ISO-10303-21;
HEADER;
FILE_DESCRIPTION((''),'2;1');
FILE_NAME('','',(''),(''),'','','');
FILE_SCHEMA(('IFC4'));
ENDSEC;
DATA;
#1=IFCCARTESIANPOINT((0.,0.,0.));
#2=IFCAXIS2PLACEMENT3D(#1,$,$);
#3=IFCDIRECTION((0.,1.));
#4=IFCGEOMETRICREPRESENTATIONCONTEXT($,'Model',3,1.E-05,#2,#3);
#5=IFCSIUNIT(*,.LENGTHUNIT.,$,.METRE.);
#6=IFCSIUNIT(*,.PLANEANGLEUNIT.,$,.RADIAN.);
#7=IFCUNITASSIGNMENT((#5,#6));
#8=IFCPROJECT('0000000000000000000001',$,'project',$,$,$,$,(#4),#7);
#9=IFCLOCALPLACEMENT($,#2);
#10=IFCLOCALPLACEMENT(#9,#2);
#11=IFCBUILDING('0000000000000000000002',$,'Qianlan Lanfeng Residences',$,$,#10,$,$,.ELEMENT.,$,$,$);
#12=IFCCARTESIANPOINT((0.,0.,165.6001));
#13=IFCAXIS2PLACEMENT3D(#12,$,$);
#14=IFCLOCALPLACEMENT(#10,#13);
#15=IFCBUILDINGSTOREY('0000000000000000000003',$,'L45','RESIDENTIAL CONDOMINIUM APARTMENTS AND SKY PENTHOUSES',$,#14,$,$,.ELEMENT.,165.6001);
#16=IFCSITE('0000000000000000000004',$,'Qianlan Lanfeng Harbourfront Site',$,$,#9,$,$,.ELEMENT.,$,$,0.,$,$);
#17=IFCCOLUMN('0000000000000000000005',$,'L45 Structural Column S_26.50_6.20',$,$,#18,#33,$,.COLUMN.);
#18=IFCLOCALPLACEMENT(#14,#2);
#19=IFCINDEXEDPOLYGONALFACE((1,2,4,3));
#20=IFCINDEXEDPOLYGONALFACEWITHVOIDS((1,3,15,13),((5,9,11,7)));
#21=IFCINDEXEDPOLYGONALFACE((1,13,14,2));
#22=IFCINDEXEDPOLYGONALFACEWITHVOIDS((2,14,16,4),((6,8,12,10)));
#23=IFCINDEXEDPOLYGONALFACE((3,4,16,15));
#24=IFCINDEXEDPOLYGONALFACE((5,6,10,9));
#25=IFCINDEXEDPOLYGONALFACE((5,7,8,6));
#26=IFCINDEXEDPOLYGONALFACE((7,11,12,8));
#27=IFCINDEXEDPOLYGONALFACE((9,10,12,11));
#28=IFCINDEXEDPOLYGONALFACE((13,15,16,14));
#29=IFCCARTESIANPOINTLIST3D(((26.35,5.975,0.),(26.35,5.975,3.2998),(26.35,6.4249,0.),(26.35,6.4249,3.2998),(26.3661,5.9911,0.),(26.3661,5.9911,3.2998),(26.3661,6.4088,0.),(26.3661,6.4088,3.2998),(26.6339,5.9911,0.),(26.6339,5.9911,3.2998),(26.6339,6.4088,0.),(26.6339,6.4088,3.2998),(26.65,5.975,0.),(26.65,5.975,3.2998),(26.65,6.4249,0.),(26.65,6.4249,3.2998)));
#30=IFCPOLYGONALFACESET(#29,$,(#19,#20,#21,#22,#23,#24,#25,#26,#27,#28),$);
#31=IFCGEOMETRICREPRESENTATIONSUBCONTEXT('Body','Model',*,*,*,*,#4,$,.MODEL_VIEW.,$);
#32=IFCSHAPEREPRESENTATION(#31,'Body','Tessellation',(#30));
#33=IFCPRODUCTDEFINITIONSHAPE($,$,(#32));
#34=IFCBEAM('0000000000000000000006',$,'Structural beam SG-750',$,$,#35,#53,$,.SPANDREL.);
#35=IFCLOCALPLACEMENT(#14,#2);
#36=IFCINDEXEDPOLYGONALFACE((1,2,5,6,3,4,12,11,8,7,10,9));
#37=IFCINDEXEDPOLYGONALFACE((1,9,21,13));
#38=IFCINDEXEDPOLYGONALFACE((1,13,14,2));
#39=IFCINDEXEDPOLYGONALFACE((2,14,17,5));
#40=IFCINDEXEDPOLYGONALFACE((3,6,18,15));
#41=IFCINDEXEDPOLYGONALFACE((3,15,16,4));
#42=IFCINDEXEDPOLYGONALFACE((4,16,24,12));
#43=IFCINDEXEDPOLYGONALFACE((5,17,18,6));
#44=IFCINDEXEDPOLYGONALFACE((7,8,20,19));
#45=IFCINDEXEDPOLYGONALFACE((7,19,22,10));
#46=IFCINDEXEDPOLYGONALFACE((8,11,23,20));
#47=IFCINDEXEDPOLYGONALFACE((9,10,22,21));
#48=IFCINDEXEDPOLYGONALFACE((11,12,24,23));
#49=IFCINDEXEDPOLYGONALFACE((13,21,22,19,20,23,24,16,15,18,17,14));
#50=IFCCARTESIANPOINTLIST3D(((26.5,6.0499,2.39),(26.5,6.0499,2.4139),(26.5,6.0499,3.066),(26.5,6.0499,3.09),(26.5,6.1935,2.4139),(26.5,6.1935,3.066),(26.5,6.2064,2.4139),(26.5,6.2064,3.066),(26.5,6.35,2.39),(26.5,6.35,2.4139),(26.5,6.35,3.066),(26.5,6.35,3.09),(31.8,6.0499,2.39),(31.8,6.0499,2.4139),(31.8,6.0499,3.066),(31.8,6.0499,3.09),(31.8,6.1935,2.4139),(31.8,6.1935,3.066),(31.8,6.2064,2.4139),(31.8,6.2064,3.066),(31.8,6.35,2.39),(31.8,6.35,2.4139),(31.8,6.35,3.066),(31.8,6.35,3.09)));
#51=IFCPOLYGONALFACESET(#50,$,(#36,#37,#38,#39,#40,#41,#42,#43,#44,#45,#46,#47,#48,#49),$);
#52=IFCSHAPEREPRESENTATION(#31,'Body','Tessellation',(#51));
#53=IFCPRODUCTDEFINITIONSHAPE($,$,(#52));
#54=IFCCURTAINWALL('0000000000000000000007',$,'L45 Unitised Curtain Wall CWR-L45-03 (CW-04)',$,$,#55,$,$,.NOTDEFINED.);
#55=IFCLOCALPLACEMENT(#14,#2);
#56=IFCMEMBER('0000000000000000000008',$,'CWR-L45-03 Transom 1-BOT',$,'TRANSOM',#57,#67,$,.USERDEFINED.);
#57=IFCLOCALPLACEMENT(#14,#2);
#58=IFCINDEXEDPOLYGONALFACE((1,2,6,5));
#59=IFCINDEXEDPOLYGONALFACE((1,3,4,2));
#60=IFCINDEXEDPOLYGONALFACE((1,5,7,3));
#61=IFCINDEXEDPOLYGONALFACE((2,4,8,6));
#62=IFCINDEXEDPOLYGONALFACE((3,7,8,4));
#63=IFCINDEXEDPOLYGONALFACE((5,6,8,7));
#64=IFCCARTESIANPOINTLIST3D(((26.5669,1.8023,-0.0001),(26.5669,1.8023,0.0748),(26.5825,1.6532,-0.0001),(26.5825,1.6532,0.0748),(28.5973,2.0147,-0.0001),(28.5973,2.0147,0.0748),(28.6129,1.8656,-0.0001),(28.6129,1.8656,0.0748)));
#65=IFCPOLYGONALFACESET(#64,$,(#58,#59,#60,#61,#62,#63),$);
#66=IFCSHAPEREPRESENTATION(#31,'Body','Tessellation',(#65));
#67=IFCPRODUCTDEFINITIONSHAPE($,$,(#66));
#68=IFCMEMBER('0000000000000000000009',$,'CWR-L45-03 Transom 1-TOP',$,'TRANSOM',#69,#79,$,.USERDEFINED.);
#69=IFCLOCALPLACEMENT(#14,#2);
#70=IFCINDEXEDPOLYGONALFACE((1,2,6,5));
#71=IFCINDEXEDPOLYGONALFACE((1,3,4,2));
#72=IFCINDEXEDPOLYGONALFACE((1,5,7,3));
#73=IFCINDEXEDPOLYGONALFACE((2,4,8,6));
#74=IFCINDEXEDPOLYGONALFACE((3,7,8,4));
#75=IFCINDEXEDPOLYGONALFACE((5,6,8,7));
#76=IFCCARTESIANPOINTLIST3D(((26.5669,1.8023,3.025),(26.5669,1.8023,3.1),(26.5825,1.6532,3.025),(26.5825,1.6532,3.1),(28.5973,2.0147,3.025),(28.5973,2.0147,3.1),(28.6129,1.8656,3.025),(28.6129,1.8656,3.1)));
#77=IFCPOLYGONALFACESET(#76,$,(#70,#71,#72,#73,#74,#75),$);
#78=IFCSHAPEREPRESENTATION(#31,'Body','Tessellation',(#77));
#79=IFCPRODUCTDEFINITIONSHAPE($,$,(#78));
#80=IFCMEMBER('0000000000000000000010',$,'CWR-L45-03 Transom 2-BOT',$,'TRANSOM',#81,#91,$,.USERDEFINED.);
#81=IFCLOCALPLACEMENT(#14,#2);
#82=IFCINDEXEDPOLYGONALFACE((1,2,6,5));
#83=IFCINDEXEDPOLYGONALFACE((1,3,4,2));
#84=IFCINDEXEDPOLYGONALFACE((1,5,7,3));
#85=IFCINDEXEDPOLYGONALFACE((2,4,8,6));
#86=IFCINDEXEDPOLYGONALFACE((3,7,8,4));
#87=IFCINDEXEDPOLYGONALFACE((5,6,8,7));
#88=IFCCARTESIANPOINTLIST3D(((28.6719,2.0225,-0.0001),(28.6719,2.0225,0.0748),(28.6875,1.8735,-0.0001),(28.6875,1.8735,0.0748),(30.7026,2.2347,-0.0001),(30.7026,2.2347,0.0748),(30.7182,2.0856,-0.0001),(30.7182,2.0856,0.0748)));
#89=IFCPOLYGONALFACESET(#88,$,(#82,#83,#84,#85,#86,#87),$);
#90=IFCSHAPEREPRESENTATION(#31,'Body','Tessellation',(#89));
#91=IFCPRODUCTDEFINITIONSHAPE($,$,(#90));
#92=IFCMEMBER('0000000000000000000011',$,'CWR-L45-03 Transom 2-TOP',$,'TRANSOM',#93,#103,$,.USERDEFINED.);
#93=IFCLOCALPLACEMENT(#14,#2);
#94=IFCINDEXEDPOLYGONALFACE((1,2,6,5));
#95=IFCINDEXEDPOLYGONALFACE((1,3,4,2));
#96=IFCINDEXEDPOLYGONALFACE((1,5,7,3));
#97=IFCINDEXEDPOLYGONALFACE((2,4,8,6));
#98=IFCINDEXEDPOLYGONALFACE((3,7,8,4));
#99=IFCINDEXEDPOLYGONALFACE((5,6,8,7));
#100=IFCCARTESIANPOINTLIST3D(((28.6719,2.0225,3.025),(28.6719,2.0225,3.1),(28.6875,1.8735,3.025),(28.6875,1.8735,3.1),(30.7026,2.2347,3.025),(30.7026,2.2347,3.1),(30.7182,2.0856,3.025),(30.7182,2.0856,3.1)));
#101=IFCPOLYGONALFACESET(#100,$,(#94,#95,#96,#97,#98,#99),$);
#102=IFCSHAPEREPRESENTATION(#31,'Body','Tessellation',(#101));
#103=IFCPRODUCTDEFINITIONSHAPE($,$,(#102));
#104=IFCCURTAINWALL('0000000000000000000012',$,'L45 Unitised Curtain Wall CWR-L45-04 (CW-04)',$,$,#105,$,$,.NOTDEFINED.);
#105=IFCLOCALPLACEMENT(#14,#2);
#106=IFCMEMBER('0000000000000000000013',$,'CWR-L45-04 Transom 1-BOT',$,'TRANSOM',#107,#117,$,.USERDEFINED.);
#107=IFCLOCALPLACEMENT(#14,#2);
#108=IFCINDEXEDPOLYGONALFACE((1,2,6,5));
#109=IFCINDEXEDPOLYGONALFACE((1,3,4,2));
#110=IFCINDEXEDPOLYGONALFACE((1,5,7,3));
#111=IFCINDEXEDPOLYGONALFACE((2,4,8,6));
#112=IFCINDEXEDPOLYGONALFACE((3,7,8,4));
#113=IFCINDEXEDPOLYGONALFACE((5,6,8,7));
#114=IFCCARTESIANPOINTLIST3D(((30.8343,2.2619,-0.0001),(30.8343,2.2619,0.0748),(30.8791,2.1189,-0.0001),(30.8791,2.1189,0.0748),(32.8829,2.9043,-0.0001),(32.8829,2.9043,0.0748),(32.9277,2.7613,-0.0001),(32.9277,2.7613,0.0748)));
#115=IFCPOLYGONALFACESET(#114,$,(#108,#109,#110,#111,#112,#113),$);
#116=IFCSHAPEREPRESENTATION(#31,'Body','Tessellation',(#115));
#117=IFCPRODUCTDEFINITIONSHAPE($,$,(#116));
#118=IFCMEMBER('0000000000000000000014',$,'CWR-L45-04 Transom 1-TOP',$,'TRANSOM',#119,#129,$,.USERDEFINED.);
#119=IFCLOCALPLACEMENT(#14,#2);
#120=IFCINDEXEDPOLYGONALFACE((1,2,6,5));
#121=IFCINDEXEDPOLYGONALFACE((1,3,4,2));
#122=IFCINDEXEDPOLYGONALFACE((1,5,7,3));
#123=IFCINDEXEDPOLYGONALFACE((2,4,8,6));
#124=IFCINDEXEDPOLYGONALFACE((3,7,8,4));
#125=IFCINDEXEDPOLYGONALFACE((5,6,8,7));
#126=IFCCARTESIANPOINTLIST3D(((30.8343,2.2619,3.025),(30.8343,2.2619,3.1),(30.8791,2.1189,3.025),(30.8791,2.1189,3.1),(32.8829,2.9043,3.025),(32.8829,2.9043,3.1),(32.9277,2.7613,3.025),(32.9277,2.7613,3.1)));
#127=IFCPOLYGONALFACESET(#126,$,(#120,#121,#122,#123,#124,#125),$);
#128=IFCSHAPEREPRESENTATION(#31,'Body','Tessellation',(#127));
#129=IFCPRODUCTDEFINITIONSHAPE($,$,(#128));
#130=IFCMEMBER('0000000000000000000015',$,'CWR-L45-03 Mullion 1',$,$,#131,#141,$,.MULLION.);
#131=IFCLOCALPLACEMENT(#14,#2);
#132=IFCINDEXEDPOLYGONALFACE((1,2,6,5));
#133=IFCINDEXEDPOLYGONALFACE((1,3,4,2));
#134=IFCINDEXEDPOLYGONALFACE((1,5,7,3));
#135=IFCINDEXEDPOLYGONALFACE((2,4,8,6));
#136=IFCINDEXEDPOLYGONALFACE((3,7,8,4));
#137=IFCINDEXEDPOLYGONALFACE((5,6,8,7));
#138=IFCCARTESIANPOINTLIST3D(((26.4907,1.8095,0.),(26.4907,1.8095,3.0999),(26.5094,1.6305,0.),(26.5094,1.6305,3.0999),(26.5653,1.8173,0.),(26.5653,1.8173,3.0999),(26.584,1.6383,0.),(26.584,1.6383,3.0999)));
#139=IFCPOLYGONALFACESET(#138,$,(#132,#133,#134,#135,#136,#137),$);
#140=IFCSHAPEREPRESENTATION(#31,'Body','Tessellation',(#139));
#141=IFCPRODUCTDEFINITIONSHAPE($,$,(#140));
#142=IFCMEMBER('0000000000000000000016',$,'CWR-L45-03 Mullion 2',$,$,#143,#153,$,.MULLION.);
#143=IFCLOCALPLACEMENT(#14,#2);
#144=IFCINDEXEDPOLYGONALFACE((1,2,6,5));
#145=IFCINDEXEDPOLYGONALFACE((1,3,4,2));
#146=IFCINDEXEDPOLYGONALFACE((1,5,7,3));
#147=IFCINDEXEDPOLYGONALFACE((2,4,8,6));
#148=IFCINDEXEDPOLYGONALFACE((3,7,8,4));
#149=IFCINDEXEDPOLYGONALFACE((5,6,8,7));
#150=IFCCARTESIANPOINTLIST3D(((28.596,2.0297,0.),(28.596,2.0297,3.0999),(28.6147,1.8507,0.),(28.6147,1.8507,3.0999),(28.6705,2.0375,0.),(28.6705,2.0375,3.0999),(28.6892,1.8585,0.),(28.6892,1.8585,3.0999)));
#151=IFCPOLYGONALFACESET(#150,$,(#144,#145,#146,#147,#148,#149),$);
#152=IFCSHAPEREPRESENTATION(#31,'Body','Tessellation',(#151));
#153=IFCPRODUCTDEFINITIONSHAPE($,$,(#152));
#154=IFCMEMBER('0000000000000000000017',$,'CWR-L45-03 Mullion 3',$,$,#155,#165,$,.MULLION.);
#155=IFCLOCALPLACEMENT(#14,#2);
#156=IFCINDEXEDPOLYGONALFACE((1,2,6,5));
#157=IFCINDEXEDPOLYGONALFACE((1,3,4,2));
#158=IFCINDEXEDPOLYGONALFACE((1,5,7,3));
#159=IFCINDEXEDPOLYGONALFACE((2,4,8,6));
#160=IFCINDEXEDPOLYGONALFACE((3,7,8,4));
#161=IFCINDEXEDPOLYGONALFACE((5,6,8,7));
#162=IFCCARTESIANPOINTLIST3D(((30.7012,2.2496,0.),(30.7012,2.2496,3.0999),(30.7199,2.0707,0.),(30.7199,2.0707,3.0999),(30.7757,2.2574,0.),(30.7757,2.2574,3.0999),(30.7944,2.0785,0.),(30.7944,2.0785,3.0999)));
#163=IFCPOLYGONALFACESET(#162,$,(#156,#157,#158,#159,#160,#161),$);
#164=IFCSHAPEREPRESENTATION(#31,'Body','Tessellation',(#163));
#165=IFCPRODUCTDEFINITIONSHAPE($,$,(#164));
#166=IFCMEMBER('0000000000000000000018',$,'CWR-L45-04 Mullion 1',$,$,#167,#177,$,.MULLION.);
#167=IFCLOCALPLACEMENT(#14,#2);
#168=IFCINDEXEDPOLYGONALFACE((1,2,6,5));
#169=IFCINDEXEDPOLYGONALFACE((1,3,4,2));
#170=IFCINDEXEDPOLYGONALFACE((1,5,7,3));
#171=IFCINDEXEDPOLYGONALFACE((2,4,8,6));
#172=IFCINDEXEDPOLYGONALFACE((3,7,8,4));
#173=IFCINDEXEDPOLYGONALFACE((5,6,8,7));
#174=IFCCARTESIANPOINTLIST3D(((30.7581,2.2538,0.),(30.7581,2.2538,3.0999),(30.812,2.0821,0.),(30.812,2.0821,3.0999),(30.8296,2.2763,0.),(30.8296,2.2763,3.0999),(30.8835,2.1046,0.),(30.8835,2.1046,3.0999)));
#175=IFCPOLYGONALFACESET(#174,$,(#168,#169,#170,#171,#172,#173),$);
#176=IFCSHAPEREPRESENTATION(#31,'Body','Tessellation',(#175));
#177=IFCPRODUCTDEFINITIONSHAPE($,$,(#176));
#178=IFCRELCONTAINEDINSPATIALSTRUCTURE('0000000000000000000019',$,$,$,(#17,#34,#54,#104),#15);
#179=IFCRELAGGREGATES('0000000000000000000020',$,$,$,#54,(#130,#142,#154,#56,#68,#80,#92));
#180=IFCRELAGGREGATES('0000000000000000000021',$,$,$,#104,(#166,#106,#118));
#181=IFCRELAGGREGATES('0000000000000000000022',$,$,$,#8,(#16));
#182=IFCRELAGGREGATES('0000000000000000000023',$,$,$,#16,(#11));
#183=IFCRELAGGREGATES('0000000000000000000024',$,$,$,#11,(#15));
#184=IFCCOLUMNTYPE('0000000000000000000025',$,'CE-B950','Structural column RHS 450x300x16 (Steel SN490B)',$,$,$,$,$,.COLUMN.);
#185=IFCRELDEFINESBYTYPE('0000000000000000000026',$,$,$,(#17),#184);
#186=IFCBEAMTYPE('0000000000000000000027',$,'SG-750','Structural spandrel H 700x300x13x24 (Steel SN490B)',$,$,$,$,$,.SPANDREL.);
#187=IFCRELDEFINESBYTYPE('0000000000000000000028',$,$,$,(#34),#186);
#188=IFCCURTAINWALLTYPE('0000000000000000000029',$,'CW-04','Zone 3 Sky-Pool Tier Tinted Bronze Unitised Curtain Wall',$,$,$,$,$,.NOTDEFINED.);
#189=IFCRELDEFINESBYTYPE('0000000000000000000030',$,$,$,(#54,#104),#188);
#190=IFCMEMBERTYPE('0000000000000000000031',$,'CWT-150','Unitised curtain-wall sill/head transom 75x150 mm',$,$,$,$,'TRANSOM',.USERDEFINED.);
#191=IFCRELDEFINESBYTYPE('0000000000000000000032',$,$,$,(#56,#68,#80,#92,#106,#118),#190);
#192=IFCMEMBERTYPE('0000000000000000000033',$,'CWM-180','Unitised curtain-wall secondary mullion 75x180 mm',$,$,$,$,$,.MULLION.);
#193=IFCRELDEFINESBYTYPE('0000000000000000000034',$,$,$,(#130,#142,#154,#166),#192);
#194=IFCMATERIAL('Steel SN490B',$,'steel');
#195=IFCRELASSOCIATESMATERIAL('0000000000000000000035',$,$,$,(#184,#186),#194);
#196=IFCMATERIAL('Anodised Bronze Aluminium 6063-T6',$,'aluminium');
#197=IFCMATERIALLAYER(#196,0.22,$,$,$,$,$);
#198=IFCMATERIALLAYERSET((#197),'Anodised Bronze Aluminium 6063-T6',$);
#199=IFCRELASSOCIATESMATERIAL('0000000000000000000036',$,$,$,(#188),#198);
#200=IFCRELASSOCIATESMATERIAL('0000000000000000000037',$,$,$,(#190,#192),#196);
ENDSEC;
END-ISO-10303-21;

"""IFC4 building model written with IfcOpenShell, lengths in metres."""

from ifc_helpers import new_model, si_unit, direction, frame, origin, origin_2d, place, context, subcontext, project, spatial, rectangle, hollow_rectangle, i_section, extrude, source, transform, mapped, material, layer, layer_set, material_profile, profile_set, type_object, element, aggregate, save


model = new_model("IFC4")

# Units and contexts
model_context = context("Model", 3, precision=1e-05, world=origin(), true_north=direction((0.0, 1.0)))
body_context = subcontext(model_context, "Body", "Model", "MODEL_VIEW")
ifc_project = project(units=[si_unit("LENGTHUNIT", "METRE"), si_unit("PLANEANGLEUNIT", "RADIAN")], contexts=[model_context])

# Site, building, storey
site_placement = place(None, origin())
site = spatial("IfcSite", under=ifc_project, at=site_placement, Name="Qianlan Lanfeng Harbourfront Site", CompositionType="ELEMENT", RefElevation=0.0)
building_placement = place(site_placement, origin())
building = spatial("IfcBuilding", under=site, at=building_placement, Name="Qianlan Lanfeng Residences", CompositionType="ELEMENT")
storey_placement = place(building_placement, frame((0.0, 0.0, 165.6001)))
storey = spatial("IfcBuildingStorey", under=building, at=storey_placement, Name="L45", Description="RESIDENTIAL CONDOMINIUM APARTMENTS AND SKY PENTHOUSES", CompositionType="ELEMENT", Elevation=165.6001)

# Column
ifc_material_1 = material(Name="Steel SN490B", Category="steel")
ifc_material_profile_1 = material_profile(ifc_material_1, hollow_rectangle(XDim=0.3, YDim=0.45, WallThickness=0.0161, at=origin_2d()), Name="RHS 450x300x16")
ifc_profile_set_1 = profile_set([ifc_material_profile_1], Name="Steel SN490B")
column_type = type_object("IfcColumnType", Name="CE-B950", Description="Structural column RHS 450x300x16 (Steel SN490B)", PredefinedType="COLUMN", material=ifc_profile_set_1)
column_placement = place(storey_placement, frame((26.5, 6.2, 0.0), z_axis=(0.0, 0.0, 1.0), x_axis=(1.0, 0.0, 0.0)))
element("IfcColumn", 1, at=column_placement, inside=storey, type_object=column_type, Name="L45 Structural Column S_26.50_6.20", PredefinedType="COLUMN", context=body_context, shape_type="SweptSolid", body=[
    extrude(hollow_rectangle(XDim=0.3, YDim=0.45, WallThickness=0.0161, at=origin_2d()), origin(), (0.0, 0.0, 1.0), 3.2998),
])

# Beam
ifc_material_profile_2 = material_profile(ifc_material_1, i_section(OverallWidth=0.3, OverallDepth=0.7, WebThickness=0.0129, FlangeThickness=0.0239, at=origin_2d()), Name="H 700x300x13x24")
ifc_profile_set_2 = profile_set([ifc_material_profile_2], Name="Steel SN490B")
beam_type = type_object("IfcBeamType", Name="SG-750", Description="Structural spandrel H 700x300x13x24 (Steel SN490B)", PredefinedType="SPANDREL", material=ifc_profile_set_2)
beam_placement = place(storey_placement, frame((26.5, 6.2, 2.74), z_axis=(1.0, 0.0, 0.0), x_axis=(0.0, 1.0, 0.0)))
element("IfcBeam", 2, at=beam_placement, inside=storey, type_object=beam_type, Name="Structural beam SG-750", PredefinedType="SPANDREL", context=body_context, shape_type="SweptSolid", body=[
    extrude(i_section(OverallWidth=0.3, OverallDepth=0.7, WebThickness=0.0129, FlangeThickness=0.0239, at=origin_2d()), origin(), (0.0, 0.0, 1.0), 5.3),
])

# Curtain walls, members
ifc_material_2 = material(Name="Anodised Bronze Aluminium 6063-T6", Category="aluminium")
ifc_layer_1 = layer(ifc_material_2, 0.22)
ifc_layer_set_1 = layer_set([ifc_layer_1], Name="Anodised Bronze Aluminium 6063-T6")
curtain_wall_type = type_object("IfcCurtainWallType", Name="CW-04", Description="Zone 3 Sky-Pool Tier Tinted Bronze Unitised Curtain Wall", PredefinedType="NOTDEFINED", material=ifc_layer_set_1)
curtain_wall_1_placement = place(storey_placement, origin())
curtain_wall_1 = element("IfcCurtainWall", 3, at=curtain_wall_1_placement, inside=storey, type_object=curtain_wall_type, Name="L45 Unitised Curtain Wall CWR-L45-03 (CW-04)", PredefinedType="NOTDEFINED")
ifc_material_profile_3 = material_profile(ifc_material_2, rectangle(XDim=0.075, YDim=0.1499, at=origin_2d()), Name="ALU TRANSOM 75x150")
ifc_profile_set_3 = profile_set([ifc_material_profile_3], Name="Anodised Bronze Aluminium 6063-T6")
member_type_1 = type_object("IfcMemberType", Name="CWT-150", Description="Unitised curtain-wall sill/head transom 75x150 mm", ElementType="TRANSOM", PredefinedType="USERDEFINED", material=ifc_profile_set_3)
shared_shape_1 = source(origin(), body_context, "Body", "SweptSolid", [
    extrude(rectangle(XDim=0.075, YDim=0.1499, at=origin_2d()), origin(), (0.0, 0.0, 1.0), 2.0415),
])
member_1_placement = place(storey_placement, frame((26.5747, 1.7278, 0.0374), z_axis=(0.994573, 0.104037, 0.0), x_axis=(0.0, 0.0, 1.0)))
member_1 = element("IfcMember", 4, at=member_1_placement, type_object=member_type_1, Name="CWR-L45-03 Transom 1-BOT", ObjectType="TRANSOM", PredefinedType="USERDEFINED", context=body_context, shape_type="MappedRepresentation", body=[
    mapped(shared_shape_1, transform((0.0, 0.0, 0.0), scale=1.0)),
])
member_2_placement = place(storey_placement, frame((26.5747, 1.7278, 3.0625), z_axis=(0.994573, 0.104037, 0.0), x_axis=(0.0, 0.0, 1.0)))
member_2 = element("IfcMember", 5, at=member_2_placement, type_object=member_type_1, Name="CWR-L45-03 Transom 1-TOP", ObjectType="TRANSOM", PredefinedType="USERDEFINED", context=body_context, shape_type="MappedRepresentation", body=[
    mapped(shared_shape_1, transform((0.0, 0.0, 0.0), scale=1.0)),
])
shared_shape_2 = source(origin(), body_context, "Body", "SweptSolid", [
    extrude(rectangle(XDim=0.075, YDim=0.1499, at=origin_2d()), origin(), (0.0, 0.0, 1.0), 2.0417),
])
member_3_placement = place(storey_placement, frame((28.6797, 1.948, 0.0374), z_axis=(0.994587, 0.103907, 0.0), x_axis=(0.0, 0.0, 1.0)))
member_3 = element("IfcMember", 6, at=member_3_placement, type_object=member_type_1, Name="CWR-L45-03 Transom 2-BOT", ObjectType="TRANSOM", PredefinedType="USERDEFINED", context=body_context, shape_type="MappedRepresentation", body=[
    mapped(shared_shape_2, transform((0.0, 0.0, 0.0), scale=1.0)),
])
member_4_placement = place(storey_placement, frame((28.6797, 1.948, 3.0625), z_axis=(0.994587, 0.103907, 0.0), x_axis=(0.0, 0.0, 1.0)))
member_4 = element("IfcMember", 7, at=member_4_placement, type_object=member_type_1, Name="CWR-L45-03 Transom 2-TOP", ObjectType="TRANSOM", PredefinedType="USERDEFINED", context=body_context, shape_type="MappedRepresentation", body=[
    mapped(shared_shape_2, transform((0.0, 0.0, 0.0), scale=1.0)),
])
curtain_wall_2_placement = place(storey_placement, origin())
curtain_wall_2 = element("IfcCurtainWall", 8, at=curtain_wall_2_placement, inside=storey, type_object=curtain_wall_type, Name="L45 Unitised Curtain Wall CWR-L45-04 (CW-04)", PredefinedType="NOTDEFINED")
shared_shape_3 = source(origin(), body_context, "Body", "SweptSolid", [
    extrude(rectangle(XDim=0.075, YDim=0.1499, at=origin_2d()), origin(), (0.0, 0.0, 1.0), 2.147),
])
member_5_placement = place(storey_placement, frame((30.8567, 2.1904, 0.0374), z_axis=(0.954194, 0.299188, 0.0), x_axis=(0.0, 0.0, 1.0)))
member_5 = element("IfcMember", 9, at=member_5_placement, type_object=member_type_1, Name="CWR-L45-04 Transom 1-BOT", ObjectType="TRANSOM", PredefinedType="USERDEFINED", context=body_context, shape_type="MappedRepresentation", body=[
    mapped(shared_shape_3, transform((0.0, 0.0, 0.0), scale=1.0)),
])
member_6_placement = place(storey_placement, frame((30.8567, 2.1904, 3.0625), z_axis=(0.954194, 0.299188, 0.0), x_axis=(0.0, 0.0, 1.0)))
member_6 = element("IfcMember", 10, at=member_6_placement, type_object=member_type_1, Name="CWR-L45-04 Transom 1-TOP", ObjectType="TRANSOM", PredefinedType="USERDEFINED", context=body_context, shape_type="MappedRepresentation", body=[
    mapped(shared_shape_3, transform((0.0, 0.0, 0.0), scale=1.0)),
])

# Members
ifc_material_profile_4 = material_profile(ifc_material_2, rectangle(XDim=0.075, YDim=0.1799, at=origin_2d()), Name="ALU MULLION 75x180")
ifc_profile_set_4 = profile_set([ifc_material_profile_4], Name="Anodised Bronze Aluminium 6063-T6")
member_type_2 = type_object("IfcMemberType", Name="CWM-180", Description="Unitised curtain-wall secondary mullion 75x180 mm", PredefinedType="MULLION", material=ifc_profile_set_4)
shared_shape_4 = source(origin(), body_context, "Body", "SweptSolid", [
    extrude(rectangle(XDim=0.075, YDim=0.1799, at=origin_2d()), origin(), (0.0, 0.0, 1.0), 3.0999),
])
member_7_placement = place(storey_placement, frame((26.5374, 1.7239, 0.0), z_axis=(0.0, 0.0, 1.0), x_axis=(0.994579, 0.103983, 0.0)))
member_7 = element("IfcMember", 11, at=member_7_placement, type_object=member_type_2, Name="CWR-L45-03 Mullion 1", PredefinedType="MULLION", context=body_context, shape_type="MappedRepresentation", body=[
    mapped(shared_shape_4, transform((0.0, 0.0, 0.0), scale=1.0)),
])
member_8_placement = place(storey_placement, frame((28.6426, 1.9441, 0.0), z_axis=(0.0, 0.0, 1.0), x_axis=(0.994579, 0.103983, 0.0)))
member_8 = element("IfcMember", 12, at=member_8_placement, type_object=member_type_2, Name="CWR-L45-03 Mullion 2", PredefinedType="MULLION", context=body_context, shape_type="MappedRepresentation", body=[
    mapped(shared_shape_4, transform((0.0, 0.0, 0.0), scale=1.0)),
])
member_9_placement = place(storey_placement, frame((30.7478, 2.1641, 0.0), z_axis=(0.0, 0.0, 1.0), x_axis=(0.994579, 0.103983, 0.0)))
member_9 = element("IfcMember", 13, at=member_9_placement, type_object=member_type_2, Name="CWR-L45-03 Mullion 3", PredefinedType="MULLION", context=body_context, shape_type="MappedRepresentation", body=[
    mapped(shared_shape_4, transform((0.0, 0.0, 0.0), scale=1.0)),
])
member_10_placement = place(storey_placement, frame((30.8208, 2.1792, 0.0), z_axis=(0.0, 0.0, 1.0), x_axis=(0.954196, 0.299182, 0.0)))
member_10 = element("IfcMember", 14, at=member_10_placement, type_object=member_type_2, Name="CWR-L45-04 Mullion 1", PredefinedType="MULLION", context=body_context, shape_type="MappedRepresentation", body=[
    mapped(shared_shape_4, transform((0.0, 0.0, 0.0), scale=1.0)),
])

aggregate(curtain_wall_1, [member_7, member_8, member_9, member_1, member_2, member_3, member_4])
aggregate(curtain_wall_2, [member_10, member_5, member_6])

save(model, "model.ifc")
